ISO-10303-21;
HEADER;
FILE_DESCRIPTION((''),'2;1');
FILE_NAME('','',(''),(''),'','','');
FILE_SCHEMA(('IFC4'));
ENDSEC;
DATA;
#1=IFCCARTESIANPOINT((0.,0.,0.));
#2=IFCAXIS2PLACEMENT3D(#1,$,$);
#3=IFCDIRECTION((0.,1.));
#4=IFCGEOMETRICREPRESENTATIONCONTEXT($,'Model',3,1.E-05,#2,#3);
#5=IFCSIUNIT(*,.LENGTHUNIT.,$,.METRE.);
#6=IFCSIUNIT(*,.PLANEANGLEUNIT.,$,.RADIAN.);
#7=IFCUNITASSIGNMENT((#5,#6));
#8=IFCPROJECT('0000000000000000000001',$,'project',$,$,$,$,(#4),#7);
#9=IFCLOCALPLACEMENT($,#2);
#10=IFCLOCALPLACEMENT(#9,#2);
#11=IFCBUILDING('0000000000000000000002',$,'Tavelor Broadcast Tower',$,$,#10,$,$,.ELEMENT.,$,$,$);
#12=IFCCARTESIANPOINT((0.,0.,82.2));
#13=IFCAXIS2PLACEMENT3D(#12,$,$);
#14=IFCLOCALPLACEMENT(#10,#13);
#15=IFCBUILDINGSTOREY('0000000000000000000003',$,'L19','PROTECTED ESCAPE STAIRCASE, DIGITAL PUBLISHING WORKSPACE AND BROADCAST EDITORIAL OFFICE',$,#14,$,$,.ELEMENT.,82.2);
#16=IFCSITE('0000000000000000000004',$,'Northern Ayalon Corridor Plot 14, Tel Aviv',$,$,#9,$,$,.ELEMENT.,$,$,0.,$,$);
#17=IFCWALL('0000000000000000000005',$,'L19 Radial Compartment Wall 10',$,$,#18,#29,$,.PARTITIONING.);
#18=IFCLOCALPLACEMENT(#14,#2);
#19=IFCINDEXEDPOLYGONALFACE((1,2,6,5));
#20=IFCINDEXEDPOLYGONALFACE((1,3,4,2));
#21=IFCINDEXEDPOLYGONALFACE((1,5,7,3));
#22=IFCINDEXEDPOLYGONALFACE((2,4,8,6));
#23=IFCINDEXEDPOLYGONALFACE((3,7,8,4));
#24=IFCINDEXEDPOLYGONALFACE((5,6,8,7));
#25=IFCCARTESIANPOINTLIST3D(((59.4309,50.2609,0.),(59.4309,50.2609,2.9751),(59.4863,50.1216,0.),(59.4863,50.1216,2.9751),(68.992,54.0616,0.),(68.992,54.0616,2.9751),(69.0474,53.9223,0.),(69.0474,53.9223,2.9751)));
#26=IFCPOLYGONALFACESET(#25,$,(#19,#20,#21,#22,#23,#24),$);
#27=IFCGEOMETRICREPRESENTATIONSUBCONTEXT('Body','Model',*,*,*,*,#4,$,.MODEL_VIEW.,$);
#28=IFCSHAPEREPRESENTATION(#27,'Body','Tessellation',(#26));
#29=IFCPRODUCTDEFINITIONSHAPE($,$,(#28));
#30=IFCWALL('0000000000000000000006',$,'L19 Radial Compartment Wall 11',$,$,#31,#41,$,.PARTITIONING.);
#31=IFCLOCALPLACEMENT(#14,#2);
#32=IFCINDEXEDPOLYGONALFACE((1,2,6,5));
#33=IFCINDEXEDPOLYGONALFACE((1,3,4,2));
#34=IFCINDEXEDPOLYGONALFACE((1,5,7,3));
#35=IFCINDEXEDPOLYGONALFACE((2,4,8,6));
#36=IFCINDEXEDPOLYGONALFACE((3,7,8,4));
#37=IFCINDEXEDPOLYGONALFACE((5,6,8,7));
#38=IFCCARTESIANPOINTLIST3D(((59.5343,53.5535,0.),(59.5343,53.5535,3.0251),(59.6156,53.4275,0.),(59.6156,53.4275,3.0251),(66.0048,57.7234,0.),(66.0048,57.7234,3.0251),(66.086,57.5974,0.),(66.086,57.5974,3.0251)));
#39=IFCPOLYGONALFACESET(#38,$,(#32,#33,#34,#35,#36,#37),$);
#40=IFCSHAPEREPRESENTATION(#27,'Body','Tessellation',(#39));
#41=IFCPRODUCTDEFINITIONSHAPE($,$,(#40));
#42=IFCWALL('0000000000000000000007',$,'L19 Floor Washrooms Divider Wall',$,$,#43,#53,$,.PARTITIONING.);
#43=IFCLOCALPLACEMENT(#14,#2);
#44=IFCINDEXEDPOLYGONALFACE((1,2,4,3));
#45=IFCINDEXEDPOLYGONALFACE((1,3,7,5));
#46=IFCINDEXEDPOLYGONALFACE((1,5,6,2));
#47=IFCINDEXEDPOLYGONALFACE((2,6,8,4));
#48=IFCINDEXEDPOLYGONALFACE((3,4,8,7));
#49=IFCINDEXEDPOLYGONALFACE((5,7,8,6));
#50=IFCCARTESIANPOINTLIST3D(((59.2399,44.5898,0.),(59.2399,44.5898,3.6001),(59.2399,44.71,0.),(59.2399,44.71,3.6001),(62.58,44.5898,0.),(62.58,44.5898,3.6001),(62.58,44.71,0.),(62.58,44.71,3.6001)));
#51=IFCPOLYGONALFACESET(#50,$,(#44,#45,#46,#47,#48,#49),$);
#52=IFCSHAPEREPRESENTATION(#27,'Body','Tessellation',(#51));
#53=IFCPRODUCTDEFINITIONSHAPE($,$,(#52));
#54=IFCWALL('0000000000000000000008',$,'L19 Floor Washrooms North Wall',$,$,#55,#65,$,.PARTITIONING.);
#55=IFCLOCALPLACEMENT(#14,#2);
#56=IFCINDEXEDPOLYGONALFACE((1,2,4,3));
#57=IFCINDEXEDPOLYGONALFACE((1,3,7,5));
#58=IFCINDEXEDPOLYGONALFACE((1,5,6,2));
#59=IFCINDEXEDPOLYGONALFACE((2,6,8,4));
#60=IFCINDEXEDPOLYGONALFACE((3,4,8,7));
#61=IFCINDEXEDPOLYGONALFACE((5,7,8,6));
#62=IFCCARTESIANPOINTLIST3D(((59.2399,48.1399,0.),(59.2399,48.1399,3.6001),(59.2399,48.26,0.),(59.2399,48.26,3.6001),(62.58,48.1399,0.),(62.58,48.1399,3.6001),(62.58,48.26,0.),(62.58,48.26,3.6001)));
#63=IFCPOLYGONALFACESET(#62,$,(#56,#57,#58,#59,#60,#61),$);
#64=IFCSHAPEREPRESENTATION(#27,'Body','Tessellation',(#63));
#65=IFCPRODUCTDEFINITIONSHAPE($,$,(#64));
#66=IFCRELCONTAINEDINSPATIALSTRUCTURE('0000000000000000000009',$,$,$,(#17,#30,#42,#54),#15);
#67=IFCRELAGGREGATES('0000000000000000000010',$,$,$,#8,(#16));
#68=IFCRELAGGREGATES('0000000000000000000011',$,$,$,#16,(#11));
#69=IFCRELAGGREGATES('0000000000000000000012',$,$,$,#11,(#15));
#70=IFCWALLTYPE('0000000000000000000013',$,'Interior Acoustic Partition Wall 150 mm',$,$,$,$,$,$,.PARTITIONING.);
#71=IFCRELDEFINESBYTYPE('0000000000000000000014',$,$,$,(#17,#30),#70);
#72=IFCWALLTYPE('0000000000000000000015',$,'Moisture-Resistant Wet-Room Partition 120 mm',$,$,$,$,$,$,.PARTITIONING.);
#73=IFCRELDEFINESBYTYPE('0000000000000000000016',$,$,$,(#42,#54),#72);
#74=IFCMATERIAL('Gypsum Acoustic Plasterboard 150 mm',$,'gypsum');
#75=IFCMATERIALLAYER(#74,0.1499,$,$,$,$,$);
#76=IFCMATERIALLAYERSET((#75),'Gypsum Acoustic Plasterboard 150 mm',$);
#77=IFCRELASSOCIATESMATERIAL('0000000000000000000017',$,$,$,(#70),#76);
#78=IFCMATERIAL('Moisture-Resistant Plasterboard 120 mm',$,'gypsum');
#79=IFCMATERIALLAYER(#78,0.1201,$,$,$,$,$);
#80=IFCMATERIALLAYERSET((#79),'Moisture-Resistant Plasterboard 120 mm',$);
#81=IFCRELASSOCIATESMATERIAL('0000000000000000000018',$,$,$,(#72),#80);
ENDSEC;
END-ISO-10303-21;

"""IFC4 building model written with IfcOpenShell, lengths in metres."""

from ifc_helpers import new_model, si_unit, direction, frame, frame_2d, origin, place, context, subcontext, project, spatial, rectangle, extrude, material, layer, layer_set, type_object, element, save


model = new_model("IFC4")

# Units and contexts
model_context = context("Model", 3, precision=1e-05, world=origin(), true_north=direction((0.0, 1.0)))
body_context = subcontext(model_context, "Body", "Model", "MODEL_VIEW")
ifc_project = project(units=[si_unit("LENGTHUNIT", "METRE"), si_unit("PLANEANGLEUNIT", "RADIAN")], contexts=[model_context])

# Site, building, storey
site_placement = place(None, origin())
site = spatial("IfcSite", under=ifc_project, at=site_placement, Name="Northern Ayalon Corridor Plot 14, Tel Aviv", CompositionType="ELEMENT", RefElevation=0.0)
building_placement = place(site_placement, origin())
building = spatial("IfcBuilding", under=site, at=building_placement, Name="Tavelor Broadcast Tower", CompositionType="ELEMENT")
storey_placement = place(building_placement, frame((0.0, 0.0, 82.2)))
storey = spatial("IfcBuildingStorey", under=building, at=storey_placement, Name="L19", Description="PROTECTED ESCAPE STAIRCASE, DIGITAL PUBLISHING WORKSPACE AND BROADCAST EDITORIAL OFFICE", CompositionType="ELEMENT", Elevation=82.2)

# Walls
ifc_material_1 = material(Name="Gypsum Acoustic Plasterboard 150 mm", Category="gypsum")
ifc_layer_1 = layer(ifc_material_1, 0.1499)
ifc_layer_set_1 = layer_set([ifc_layer_1], Name="Gypsum Acoustic Plasterboard 150 mm")
wall_type_1 = type_object("IfcWallType", Name="Interior Acoustic Partition Wall 150 mm", PredefinedType="PARTITIONING", material=ifc_layer_set_1)
wall_1_placement = place(storey_placement, frame((59.4585, 50.1912, 0.0), z_axis=(0.0, 0.0, 1.0), x_axis=(0.929267, 0.36941, 0.0)))
element("IfcWall", 1, at=wall_1_placement, inside=storey, type_object=wall_type_1, Name="L19 Radial Compartment Wall 10", PredefinedType="PARTITIONING", context=body_context, shape_type="SweptSolid", body=[
    extrude(rectangle(XDim=10.2888, YDim=0.1499, at=frame_2d((5.1445, 0.0))), origin(), (0.0, 0.0, 1.0), 2.9751),
])
wall_2_placement = place(storey_placement, frame((59.575, 53.4905, 0.0), z_axis=(0.0, 0.0, 1.0), x_axis=(0.840567, 0.541708, 0.0)))
element("IfcWall", 2, at=wall_2_placement, inside=storey, type_object=wall_type_1, Name="L19 Radial Compartment Wall 11", PredefinedType="PARTITIONING", context=body_context, shape_type="SweptSolid", body=[
    extrude(rectangle(XDim=7.6978, YDim=0.1499, at=frame_2d((3.8489, 0.0))), origin(), (0.0, 0.0, 1.0), 3.0251),
])
ifc_material_2 = material(Name="Moisture-Resistant Plasterboard 120 mm", Category="gypsum")
ifc_layer_2 = layer(ifc_material_2, 0.1201)
ifc_layer_set_2 = layer_set([ifc_layer_2], Name="Moisture-Resistant Plasterboard 120 mm")
wall_type_2 = type_object("IfcWallType", Name="Moisture-Resistant Wet-Room Partition 120 mm", PredefinedType="PARTITIONING", material=ifc_layer_set_2)
for number, where, z_axis, x_axis, name in (
    (3, (59.24, 44.6499, 0.0), (0.0, 0.0, 1.0), (1.0, 0.0, 0.0), "L19 Floor Washrooms Divider Wall"),
    (4, (59.24, 48.2, 0.0), (0.0, 0.0, 1.0), (1.0, 0.0, 0.0), "L19 Floor Washrooms North Wall"),
):
    element("IfcWall", number, at=place(storey_placement, frame(where, z_axis=z_axis, x_axis=x_axis)), inside=storey, type_object=wall_type_2, Name=name, PredefinedType="PARTITIONING", context=body_context, shape_type="SweptSolid", body=[
        extrude(rectangle(XDim=3.3401, YDim=0.1201, at=frame_2d((1.6699, 0.0))), origin(), (0.0, 0.0, 1.0), 3.6001),
    ])

save(model, "model.ifc")
